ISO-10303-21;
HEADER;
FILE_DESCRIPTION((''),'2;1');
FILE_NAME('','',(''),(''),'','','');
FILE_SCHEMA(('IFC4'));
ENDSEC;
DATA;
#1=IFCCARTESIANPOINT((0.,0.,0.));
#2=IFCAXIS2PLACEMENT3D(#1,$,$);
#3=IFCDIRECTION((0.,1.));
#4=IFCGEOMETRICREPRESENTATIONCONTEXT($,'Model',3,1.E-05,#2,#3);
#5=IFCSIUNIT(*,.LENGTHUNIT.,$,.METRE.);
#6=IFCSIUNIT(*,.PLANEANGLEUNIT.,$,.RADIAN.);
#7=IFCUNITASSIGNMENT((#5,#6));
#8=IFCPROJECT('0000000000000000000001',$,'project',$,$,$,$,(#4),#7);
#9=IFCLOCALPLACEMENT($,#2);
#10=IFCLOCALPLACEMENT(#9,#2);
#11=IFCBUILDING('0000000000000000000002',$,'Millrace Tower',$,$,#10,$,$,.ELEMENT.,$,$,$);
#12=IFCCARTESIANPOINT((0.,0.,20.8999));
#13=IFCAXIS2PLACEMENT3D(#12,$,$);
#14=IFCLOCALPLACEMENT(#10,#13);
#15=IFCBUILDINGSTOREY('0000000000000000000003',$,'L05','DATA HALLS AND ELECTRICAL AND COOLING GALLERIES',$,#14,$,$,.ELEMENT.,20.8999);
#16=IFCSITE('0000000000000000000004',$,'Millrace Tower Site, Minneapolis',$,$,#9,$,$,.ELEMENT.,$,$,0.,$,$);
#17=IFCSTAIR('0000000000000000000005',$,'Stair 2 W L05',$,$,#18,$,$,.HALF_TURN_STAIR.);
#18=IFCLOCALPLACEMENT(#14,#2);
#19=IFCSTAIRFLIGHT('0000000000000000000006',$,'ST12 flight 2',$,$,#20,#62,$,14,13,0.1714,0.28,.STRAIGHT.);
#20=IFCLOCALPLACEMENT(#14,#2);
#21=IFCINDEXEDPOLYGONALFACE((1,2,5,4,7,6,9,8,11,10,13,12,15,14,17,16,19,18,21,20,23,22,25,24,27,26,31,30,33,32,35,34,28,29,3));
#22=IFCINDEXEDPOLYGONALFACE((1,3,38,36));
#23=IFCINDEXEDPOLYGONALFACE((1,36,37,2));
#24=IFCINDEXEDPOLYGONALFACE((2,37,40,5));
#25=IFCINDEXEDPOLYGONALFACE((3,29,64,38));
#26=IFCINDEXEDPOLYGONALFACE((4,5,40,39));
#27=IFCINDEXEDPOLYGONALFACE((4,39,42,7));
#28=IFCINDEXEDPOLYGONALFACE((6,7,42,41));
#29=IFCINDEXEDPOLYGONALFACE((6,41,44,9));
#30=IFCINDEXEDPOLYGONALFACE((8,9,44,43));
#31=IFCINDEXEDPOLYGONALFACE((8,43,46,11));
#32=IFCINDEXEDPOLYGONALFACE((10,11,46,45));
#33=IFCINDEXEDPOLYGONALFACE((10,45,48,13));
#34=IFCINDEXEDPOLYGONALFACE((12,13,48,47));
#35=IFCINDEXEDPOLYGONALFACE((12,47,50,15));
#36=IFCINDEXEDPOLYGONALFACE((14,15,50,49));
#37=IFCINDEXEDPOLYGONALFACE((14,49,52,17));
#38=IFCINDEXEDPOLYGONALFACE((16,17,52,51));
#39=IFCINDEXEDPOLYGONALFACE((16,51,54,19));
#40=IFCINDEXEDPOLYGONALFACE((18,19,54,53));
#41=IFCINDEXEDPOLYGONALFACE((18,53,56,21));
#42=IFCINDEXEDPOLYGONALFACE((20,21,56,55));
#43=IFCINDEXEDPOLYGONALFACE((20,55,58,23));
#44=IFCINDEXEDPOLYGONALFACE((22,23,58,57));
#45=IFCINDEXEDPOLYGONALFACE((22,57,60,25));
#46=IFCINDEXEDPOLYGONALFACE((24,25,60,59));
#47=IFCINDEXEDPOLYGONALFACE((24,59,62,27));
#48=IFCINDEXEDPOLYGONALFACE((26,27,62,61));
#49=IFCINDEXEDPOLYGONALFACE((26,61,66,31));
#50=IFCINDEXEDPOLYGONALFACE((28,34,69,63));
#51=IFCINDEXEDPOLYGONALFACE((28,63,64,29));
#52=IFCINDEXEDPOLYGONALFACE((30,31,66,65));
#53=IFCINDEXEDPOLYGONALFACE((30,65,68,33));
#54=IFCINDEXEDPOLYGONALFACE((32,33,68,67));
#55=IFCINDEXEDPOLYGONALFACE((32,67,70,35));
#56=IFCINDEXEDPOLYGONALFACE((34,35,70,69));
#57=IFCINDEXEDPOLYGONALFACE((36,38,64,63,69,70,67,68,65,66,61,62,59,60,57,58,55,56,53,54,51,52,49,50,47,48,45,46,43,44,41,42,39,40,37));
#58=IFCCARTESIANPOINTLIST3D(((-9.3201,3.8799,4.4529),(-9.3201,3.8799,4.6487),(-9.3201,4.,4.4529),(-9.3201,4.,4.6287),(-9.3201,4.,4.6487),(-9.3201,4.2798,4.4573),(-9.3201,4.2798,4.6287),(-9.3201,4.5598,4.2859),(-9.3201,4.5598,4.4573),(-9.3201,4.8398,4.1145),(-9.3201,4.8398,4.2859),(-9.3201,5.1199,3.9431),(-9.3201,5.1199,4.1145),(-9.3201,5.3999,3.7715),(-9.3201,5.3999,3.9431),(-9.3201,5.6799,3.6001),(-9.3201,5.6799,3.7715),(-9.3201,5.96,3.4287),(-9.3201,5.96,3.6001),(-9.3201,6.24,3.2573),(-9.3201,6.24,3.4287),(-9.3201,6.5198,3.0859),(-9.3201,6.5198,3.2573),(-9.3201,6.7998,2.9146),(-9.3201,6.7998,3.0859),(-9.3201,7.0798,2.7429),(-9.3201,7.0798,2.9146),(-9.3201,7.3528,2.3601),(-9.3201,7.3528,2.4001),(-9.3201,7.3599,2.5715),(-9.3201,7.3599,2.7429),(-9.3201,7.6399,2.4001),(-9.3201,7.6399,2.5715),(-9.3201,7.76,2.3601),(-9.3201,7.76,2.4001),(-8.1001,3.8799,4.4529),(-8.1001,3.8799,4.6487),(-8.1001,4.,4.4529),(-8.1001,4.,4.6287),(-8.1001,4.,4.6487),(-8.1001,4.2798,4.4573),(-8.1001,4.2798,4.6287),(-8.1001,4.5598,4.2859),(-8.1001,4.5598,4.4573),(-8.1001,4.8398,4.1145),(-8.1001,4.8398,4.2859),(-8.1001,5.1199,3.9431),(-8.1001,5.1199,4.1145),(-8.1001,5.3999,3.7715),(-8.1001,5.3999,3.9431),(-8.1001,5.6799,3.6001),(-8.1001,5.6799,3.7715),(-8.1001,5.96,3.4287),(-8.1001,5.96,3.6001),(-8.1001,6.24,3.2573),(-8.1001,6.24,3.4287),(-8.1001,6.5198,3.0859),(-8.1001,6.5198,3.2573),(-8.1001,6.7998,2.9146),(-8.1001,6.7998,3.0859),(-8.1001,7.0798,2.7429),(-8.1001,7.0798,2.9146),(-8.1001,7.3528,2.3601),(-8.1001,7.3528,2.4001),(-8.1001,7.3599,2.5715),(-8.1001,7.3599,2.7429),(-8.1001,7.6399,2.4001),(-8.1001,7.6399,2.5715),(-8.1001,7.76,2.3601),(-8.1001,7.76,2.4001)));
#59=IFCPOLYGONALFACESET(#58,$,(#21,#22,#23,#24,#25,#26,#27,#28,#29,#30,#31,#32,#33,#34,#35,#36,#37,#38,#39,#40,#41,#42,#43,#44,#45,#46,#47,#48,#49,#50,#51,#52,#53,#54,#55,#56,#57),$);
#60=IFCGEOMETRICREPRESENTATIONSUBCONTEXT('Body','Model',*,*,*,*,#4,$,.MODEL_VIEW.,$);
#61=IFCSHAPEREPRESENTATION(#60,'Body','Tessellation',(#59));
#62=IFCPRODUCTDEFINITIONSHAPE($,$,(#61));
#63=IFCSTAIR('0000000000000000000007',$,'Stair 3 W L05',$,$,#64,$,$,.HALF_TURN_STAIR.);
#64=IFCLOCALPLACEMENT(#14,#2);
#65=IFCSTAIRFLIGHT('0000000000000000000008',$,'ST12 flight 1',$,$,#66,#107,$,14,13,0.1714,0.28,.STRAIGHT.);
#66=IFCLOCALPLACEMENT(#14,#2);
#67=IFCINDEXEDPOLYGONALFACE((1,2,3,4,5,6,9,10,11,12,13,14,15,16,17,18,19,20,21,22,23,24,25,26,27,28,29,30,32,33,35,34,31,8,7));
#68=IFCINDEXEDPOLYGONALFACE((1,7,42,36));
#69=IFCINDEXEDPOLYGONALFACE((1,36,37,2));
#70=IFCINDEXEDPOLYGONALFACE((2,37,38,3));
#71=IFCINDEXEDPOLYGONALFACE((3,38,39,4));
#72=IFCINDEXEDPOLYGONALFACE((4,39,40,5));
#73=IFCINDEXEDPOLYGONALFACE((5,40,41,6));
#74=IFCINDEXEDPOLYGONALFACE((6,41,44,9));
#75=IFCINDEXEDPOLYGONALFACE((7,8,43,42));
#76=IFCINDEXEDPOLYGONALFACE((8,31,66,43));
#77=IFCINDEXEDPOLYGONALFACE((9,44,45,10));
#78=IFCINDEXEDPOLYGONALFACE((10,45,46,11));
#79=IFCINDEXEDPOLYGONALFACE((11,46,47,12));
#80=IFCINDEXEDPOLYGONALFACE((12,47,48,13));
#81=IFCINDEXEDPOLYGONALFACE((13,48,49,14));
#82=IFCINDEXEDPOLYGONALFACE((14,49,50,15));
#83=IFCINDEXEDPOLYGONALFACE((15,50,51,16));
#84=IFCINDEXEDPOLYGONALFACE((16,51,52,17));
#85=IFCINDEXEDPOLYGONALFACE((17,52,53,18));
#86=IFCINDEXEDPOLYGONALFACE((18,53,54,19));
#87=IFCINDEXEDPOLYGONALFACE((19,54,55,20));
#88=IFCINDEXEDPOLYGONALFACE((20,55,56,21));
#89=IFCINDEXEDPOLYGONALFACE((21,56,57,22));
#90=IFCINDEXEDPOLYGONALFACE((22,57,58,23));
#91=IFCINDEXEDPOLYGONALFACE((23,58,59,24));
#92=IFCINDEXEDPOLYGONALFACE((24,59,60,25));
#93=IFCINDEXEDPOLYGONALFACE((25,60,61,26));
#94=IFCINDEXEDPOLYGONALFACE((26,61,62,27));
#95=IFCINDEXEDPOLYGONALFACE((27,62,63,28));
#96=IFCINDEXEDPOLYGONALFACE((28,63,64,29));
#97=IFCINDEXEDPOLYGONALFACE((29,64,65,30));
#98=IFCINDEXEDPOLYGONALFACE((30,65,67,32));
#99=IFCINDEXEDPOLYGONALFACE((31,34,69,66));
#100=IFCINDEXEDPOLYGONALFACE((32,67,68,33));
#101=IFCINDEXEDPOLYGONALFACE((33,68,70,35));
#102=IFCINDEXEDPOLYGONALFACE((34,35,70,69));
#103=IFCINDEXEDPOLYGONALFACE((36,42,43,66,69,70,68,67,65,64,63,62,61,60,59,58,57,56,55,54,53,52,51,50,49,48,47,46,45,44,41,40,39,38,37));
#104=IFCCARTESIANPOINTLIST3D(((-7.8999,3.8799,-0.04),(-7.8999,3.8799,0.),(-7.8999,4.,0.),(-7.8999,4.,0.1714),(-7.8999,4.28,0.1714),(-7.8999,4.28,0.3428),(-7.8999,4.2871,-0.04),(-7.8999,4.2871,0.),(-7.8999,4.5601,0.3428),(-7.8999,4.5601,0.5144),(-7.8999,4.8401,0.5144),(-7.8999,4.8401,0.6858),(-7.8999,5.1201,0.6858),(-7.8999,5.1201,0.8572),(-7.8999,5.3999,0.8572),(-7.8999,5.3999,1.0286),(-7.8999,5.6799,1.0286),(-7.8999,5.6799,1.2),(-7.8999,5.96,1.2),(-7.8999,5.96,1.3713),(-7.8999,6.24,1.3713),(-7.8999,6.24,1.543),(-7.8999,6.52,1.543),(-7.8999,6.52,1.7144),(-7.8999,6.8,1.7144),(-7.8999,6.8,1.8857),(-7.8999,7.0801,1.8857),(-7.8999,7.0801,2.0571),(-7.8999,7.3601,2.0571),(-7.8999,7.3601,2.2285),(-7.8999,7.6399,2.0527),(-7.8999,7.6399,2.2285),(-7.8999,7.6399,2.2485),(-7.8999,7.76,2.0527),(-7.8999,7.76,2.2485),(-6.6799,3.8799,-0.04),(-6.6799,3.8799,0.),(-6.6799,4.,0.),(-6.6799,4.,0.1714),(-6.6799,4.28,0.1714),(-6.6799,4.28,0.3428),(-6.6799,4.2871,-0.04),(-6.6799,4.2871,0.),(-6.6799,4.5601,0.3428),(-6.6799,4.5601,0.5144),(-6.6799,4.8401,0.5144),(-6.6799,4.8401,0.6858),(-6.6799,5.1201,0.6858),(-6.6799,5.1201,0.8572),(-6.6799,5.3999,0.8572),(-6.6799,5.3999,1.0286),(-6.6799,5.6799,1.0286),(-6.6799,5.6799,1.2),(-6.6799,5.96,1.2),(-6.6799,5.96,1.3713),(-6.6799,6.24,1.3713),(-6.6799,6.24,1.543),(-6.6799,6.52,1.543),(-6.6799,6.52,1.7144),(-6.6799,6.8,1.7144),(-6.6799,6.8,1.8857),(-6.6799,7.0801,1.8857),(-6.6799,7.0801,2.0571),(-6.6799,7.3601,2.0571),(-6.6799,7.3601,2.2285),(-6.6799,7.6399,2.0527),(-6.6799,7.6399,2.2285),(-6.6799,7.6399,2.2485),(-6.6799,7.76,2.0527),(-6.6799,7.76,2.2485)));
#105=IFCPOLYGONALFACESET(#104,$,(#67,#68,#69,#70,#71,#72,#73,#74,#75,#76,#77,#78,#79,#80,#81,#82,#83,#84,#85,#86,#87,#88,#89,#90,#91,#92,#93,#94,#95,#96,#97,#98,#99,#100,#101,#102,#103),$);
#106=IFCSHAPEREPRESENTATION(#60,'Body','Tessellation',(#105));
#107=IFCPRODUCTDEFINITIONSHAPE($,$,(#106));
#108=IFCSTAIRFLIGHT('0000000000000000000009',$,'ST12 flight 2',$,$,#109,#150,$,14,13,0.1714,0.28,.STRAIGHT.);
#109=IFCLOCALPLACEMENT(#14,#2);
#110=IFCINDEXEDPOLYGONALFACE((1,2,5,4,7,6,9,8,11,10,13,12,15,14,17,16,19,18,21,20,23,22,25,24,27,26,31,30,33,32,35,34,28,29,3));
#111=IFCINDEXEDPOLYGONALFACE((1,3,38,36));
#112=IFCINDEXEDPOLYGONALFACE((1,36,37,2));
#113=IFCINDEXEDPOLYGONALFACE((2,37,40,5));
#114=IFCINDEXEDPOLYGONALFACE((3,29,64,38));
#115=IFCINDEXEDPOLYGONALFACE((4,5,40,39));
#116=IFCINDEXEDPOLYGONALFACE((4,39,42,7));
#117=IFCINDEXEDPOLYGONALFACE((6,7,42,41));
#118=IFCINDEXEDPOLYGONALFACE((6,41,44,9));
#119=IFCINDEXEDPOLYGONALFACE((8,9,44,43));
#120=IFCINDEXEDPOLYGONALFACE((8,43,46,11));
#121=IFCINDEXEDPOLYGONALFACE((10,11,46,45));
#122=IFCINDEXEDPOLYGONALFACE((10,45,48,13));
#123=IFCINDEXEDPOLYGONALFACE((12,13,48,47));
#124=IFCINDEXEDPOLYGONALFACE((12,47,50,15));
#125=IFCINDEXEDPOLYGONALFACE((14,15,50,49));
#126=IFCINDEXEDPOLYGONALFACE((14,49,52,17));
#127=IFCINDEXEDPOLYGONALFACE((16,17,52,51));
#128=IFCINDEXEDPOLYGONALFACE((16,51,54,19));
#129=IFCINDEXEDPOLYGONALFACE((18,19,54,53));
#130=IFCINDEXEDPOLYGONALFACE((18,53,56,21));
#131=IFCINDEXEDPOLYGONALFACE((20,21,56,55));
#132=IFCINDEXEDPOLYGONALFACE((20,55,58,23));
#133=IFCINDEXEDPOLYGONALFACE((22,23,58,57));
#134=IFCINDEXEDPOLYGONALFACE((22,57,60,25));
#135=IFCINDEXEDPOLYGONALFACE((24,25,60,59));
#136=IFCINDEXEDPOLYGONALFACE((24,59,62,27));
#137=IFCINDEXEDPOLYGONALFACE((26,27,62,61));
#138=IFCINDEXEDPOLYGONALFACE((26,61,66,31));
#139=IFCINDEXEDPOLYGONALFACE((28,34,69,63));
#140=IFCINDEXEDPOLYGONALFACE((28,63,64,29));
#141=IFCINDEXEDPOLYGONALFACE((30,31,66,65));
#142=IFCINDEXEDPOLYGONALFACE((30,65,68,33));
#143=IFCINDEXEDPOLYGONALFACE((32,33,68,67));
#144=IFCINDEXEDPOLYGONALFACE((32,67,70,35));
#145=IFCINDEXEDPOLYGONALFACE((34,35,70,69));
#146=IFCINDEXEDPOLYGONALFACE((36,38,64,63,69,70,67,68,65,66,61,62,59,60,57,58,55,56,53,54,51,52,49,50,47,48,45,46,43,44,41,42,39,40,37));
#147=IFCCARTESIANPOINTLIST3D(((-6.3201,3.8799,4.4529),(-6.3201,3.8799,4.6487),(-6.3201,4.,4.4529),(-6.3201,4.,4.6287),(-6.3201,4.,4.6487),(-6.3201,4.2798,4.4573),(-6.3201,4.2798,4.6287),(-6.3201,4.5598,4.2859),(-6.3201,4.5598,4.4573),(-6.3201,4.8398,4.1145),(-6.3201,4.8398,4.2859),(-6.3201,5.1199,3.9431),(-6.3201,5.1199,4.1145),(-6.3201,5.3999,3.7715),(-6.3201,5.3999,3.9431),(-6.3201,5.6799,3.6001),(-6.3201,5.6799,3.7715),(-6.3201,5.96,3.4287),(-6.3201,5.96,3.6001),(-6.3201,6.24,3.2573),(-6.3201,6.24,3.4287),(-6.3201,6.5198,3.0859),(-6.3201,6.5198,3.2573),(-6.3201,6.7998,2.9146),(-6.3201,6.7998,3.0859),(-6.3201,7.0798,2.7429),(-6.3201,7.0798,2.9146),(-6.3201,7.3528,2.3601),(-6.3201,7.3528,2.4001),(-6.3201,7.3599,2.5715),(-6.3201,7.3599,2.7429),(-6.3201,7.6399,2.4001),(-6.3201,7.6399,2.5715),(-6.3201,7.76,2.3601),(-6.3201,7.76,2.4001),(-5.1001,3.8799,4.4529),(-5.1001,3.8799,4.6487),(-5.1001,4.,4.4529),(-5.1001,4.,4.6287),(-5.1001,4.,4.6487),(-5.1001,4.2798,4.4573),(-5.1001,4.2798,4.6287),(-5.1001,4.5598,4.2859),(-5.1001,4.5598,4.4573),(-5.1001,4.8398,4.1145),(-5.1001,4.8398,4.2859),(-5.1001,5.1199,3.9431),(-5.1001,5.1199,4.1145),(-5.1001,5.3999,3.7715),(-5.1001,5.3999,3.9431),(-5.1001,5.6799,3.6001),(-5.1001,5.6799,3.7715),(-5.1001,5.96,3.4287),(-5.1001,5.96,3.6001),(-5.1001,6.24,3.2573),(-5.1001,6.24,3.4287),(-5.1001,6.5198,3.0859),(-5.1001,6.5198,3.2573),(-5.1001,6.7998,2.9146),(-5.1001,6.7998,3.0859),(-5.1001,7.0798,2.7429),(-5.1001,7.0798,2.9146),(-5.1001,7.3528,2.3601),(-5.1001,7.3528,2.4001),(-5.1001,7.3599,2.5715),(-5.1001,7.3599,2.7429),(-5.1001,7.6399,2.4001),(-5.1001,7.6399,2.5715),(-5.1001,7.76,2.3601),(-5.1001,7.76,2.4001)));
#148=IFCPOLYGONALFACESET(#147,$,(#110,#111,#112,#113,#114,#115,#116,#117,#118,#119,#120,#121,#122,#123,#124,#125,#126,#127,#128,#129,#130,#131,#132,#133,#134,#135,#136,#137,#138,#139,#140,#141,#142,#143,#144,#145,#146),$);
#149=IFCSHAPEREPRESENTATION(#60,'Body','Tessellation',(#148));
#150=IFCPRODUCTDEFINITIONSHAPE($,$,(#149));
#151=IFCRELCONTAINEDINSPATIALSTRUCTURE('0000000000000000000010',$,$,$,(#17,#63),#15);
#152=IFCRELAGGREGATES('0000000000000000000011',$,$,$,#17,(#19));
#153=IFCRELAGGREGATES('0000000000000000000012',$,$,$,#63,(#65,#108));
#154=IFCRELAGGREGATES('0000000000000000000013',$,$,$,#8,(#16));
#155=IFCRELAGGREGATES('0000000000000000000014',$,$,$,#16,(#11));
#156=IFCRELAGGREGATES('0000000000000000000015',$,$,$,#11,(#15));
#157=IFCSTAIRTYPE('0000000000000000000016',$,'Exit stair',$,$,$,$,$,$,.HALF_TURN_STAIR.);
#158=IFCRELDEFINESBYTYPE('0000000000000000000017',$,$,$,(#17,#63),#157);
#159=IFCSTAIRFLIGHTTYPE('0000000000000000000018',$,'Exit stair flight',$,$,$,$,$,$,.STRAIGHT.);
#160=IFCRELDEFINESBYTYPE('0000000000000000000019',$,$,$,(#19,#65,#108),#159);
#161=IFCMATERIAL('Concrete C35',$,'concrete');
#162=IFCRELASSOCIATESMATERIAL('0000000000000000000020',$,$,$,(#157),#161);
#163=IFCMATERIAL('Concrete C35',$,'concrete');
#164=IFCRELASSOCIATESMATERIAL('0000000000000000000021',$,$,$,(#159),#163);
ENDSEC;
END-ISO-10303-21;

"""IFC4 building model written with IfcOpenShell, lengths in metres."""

from ifc_helpers import new_model, si_unit, direction, frame, origin, place, context, subcontext, project, spatial, polyline, outline, extrude, material, type_object, element, aggregate, save


model = new_model("IFC4")

# Units and contexts
model_context = context("Model", 3, precision=1e-05, world=origin(), true_north=direction((0.0, 1.0)))
body_context = subcontext(model_context, "Body", "Model", "MODEL_VIEW")
ifc_project = project(units=[si_unit("LENGTHUNIT", "METRE"), si_unit("PLANEANGLEUNIT", "RADIAN")], contexts=[model_context])

# Site, building, storey
site_placement = place(None, origin())
site = spatial("IfcSite", under=ifc_project, at=site_placement, Name="Millrace Tower Site, Minneapolis", CompositionType="ELEMENT", RefElevation=0.0)
building_placement = place(site_placement, origin())
building = spatial("IfcBuilding", under=site, at=building_placement, Name="Millrace Tower", CompositionType="ELEMENT")
storey_placement = place(building_placement, frame((0.0, 0.0, 20.8999)))
storey = spatial("IfcBuildingStorey", under=building, at=storey_placement, Name="L05", Description="DATA HALLS AND ELECTRICAL AND COOLING GALLERIES", CompositionType="ELEMENT", Elevation=20.8999)

# Shared definitions
placement = place(storey_placement, origin())

# Stair, stair flight
ifc_material_1 = material(Name="Concrete C35", Category="concrete")
stair_type = type_object("IfcStairType", Name="Exit stair", PredefinedType="HALF_TURN_STAIR", material=ifc_material_1)
ifc_material_2 = material(Name="Concrete C35", Category="concrete")
stair_flight_type = type_object("IfcStairFlightType", Name="Exit stair flight", PredefinedType="STRAIGHT", material=ifc_material_2)
stair_1 = element("IfcStair", 1, at=placement, inside=storey, type_object=stair_type, Name="Stair 2 W L05", PredefinedType="HALF_TURN_STAIR")
stair_flight_1_placement = place(storey_placement, frame((-8.71, 7.6399, 2.4001), z_axis=(0.0, 0.0, 1.0), x_axis=(0.0, -1.0, 0.0)))
stair_flight_1 = element("IfcStairFlight", 2, at=stair_flight_1_placement, type_object=stair_flight_type, Name="ST12 flight 2", NumberOfRisers=14, NumberOfTreads=13, PredefinedType="STRAIGHT", RiserHeight=0.1714, TreadLength=0.28, context=body_context, shape_type="SweptSolid", body=[
    extrude(outline(polyline([(-0.1201, -0.04), (-0.1201, 0.0), (0.0, 0.0), (0.0, 0.1714), (0.28, 0.1714), (0.28, 0.3428), (0.5601, 0.3428), (0.5601, 0.5144), (0.8401, 0.5144), (0.8401, 0.6858), (1.1201, 0.6858), (1.1201, 0.8572), (1.3999, 0.8572), (1.3999, 1.0286), (1.6799, 1.0286), (1.6799, 1.2), (1.96, 1.2), (1.96, 1.3713), (2.24, 1.3713), (2.24, 1.543), (2.52, 1.543), (2.52, 1.7144), (2.8, 1.7144), (2.8, 1.8857), (3.0801, 1.8857), (3.0801, 2.0571), (3.3601, 2.0571), (3.3601, 2.2285), (3.6399, 2.2285), (3.6399, 2.2485), (3.76, 2.2485), (3.76, 2.0527), (3.6399, 2.0527), (0.2871, 0.0), (0.2871, -0.04), (-0.1201, -0.04)])), frame((0.0, 0.6099, 0.0), z_axis=(0.0, -1.0, 0.0), x_axis=(1.0, 0.0, 0.0)), (0.0, 0.0, 1.0), 1.22),
])
aggregate(stair_1, [stair_flight_1])

# Stair, stair flights
stair_2 = element("IfcStair", 3, at=placement, inside=storey, type_object=stair_type, Name="Stair 3 W L05", PredefinedType="HALF_TURN_STAIR")
stair_flight_2_placement = place(storey_placement, frame((-7.29, 4.0, 0.0), z_axis=(0.0, 0.0, 1.0), x_axis=(0.0, 1.0, 0.0)))
stair_flight_2 = element("IfcStairFlight", 4, at=stair_flight_2_placement, type_object=stair_flight_type, Name="ST12 flight 1", NumberOfRisers=14, NumberOfTreads=13, PredefinedType="STRAIGHT", RiserHeight=0.1714, TreadLength=0.28, context=body_context, shape_type="SweptSolid", body=[
    extrude(outline(polyline([(-0.1201, -0.04), (-0.1201, 0.0), (0.0, 0.0), (0.0, 0.1714), (0.28, 0.1714), (0.28, 0.3428), (0.5601, 0.3428), (0.5601, 0.5144), (0.8401, 0.5144), (0.8401, 0.6858), (1.1201, 0.6858), (1.1201, 0.8572), (1.3999, 0.8572), (1.3999, 1.0286), (1.6799, 1.0286), (1.6799, 1.2), (1.96, 1.2), (1.96, 1.3713), (2.24, 1.3713), (2.24, 1.543), (2.52, 1.543), (2.52, 1.7144), (2.8, 1.7144), (2.8, 1.8857), (3.0801, 1.8857), (3.0801, 2.0571), (3.3601, 2.0571), (3.3601, 2.2285), (3.6399, 2.2285), (3.6399, 2.2485), (3.76, 2.2485), (3.76, 2.0527), (3.6399, 2.0527), (0.2871, 0.0), (0.2871, -0.04), (-0.1201, -0.04)])), frame((0.0, 0.6099, 0.0), z_axis=(0.0, -1.0, 0.0), x_axis=(1.0, 0.0, 0.0)), (0.0, 0.0, 1.0), 1.22),
])
stair_flight_3_placement = place(storey_placement, frame((-5.71, 7.6399, 2.4001), z_axis=(0.0, 0.0, 1.0), x_axis=(0.0, -1.0, 0.0)))
stair_flight_3 = element("IfcStairFlight", 5, at=stair_flight_3_placement, type_object=stair_flight_type, Name="ST12 flight 2", NumberOfRisers=14, NumberOfTreads=13, PredefinedType="STRAIGHT", RiserHeight=0.1714, TreadLength=0.28, context=body_context, shape_type="SweptSolid", body=[
    extrude(outline(polyline([(-0.1201, -0.04), (-0.1201, 0.0), (0.0, 0.0), (0.0, 0.1714), (0.28, 0.1714), (0.28, 0.3428), (0.5601, 0.3428), (0.5601, 0.5144), (0.8401, 0.5144), (0.8401, 0.6858), (1.1201, 0.6858), (1.1201, 0.8572), (1.3999, 0.8572), (1.3999, 1.0286), (1.6799, 1.0286), (1.6799, 1.2), (1.96, 1.2), (1.96, 1.3713), (2.24, 1.3713), (2.24, 1.543), (2.52, 1.543), (2.52, 1.7144), (2.8, 1.7144), (2.8, 1.8857), (3.0801, 1.8857), (3.0801, 2.0571), (3.3601, 2.0571), (3.3601, 2.2285), (3.6399, 2.2285), (3.6399, 2.2485), (3.76, 2.2485), (3.76, 2.0527), (3.6399, 2.0527), (0.2871, 0.0), (0.2871, -0.04), (-0.1201, -0.04)])), frame((0.0, 0.6099, 0.0), z_axis=(0.0, -1.0, 0.0), x_axis=(1.0, 0.0, 0.0)), (0.0, 0.0, 1.0), 1.22),
])
aggregate(stair_2, [stair_flight_2, stair_flight_3])

save(model, "model.ifc")
